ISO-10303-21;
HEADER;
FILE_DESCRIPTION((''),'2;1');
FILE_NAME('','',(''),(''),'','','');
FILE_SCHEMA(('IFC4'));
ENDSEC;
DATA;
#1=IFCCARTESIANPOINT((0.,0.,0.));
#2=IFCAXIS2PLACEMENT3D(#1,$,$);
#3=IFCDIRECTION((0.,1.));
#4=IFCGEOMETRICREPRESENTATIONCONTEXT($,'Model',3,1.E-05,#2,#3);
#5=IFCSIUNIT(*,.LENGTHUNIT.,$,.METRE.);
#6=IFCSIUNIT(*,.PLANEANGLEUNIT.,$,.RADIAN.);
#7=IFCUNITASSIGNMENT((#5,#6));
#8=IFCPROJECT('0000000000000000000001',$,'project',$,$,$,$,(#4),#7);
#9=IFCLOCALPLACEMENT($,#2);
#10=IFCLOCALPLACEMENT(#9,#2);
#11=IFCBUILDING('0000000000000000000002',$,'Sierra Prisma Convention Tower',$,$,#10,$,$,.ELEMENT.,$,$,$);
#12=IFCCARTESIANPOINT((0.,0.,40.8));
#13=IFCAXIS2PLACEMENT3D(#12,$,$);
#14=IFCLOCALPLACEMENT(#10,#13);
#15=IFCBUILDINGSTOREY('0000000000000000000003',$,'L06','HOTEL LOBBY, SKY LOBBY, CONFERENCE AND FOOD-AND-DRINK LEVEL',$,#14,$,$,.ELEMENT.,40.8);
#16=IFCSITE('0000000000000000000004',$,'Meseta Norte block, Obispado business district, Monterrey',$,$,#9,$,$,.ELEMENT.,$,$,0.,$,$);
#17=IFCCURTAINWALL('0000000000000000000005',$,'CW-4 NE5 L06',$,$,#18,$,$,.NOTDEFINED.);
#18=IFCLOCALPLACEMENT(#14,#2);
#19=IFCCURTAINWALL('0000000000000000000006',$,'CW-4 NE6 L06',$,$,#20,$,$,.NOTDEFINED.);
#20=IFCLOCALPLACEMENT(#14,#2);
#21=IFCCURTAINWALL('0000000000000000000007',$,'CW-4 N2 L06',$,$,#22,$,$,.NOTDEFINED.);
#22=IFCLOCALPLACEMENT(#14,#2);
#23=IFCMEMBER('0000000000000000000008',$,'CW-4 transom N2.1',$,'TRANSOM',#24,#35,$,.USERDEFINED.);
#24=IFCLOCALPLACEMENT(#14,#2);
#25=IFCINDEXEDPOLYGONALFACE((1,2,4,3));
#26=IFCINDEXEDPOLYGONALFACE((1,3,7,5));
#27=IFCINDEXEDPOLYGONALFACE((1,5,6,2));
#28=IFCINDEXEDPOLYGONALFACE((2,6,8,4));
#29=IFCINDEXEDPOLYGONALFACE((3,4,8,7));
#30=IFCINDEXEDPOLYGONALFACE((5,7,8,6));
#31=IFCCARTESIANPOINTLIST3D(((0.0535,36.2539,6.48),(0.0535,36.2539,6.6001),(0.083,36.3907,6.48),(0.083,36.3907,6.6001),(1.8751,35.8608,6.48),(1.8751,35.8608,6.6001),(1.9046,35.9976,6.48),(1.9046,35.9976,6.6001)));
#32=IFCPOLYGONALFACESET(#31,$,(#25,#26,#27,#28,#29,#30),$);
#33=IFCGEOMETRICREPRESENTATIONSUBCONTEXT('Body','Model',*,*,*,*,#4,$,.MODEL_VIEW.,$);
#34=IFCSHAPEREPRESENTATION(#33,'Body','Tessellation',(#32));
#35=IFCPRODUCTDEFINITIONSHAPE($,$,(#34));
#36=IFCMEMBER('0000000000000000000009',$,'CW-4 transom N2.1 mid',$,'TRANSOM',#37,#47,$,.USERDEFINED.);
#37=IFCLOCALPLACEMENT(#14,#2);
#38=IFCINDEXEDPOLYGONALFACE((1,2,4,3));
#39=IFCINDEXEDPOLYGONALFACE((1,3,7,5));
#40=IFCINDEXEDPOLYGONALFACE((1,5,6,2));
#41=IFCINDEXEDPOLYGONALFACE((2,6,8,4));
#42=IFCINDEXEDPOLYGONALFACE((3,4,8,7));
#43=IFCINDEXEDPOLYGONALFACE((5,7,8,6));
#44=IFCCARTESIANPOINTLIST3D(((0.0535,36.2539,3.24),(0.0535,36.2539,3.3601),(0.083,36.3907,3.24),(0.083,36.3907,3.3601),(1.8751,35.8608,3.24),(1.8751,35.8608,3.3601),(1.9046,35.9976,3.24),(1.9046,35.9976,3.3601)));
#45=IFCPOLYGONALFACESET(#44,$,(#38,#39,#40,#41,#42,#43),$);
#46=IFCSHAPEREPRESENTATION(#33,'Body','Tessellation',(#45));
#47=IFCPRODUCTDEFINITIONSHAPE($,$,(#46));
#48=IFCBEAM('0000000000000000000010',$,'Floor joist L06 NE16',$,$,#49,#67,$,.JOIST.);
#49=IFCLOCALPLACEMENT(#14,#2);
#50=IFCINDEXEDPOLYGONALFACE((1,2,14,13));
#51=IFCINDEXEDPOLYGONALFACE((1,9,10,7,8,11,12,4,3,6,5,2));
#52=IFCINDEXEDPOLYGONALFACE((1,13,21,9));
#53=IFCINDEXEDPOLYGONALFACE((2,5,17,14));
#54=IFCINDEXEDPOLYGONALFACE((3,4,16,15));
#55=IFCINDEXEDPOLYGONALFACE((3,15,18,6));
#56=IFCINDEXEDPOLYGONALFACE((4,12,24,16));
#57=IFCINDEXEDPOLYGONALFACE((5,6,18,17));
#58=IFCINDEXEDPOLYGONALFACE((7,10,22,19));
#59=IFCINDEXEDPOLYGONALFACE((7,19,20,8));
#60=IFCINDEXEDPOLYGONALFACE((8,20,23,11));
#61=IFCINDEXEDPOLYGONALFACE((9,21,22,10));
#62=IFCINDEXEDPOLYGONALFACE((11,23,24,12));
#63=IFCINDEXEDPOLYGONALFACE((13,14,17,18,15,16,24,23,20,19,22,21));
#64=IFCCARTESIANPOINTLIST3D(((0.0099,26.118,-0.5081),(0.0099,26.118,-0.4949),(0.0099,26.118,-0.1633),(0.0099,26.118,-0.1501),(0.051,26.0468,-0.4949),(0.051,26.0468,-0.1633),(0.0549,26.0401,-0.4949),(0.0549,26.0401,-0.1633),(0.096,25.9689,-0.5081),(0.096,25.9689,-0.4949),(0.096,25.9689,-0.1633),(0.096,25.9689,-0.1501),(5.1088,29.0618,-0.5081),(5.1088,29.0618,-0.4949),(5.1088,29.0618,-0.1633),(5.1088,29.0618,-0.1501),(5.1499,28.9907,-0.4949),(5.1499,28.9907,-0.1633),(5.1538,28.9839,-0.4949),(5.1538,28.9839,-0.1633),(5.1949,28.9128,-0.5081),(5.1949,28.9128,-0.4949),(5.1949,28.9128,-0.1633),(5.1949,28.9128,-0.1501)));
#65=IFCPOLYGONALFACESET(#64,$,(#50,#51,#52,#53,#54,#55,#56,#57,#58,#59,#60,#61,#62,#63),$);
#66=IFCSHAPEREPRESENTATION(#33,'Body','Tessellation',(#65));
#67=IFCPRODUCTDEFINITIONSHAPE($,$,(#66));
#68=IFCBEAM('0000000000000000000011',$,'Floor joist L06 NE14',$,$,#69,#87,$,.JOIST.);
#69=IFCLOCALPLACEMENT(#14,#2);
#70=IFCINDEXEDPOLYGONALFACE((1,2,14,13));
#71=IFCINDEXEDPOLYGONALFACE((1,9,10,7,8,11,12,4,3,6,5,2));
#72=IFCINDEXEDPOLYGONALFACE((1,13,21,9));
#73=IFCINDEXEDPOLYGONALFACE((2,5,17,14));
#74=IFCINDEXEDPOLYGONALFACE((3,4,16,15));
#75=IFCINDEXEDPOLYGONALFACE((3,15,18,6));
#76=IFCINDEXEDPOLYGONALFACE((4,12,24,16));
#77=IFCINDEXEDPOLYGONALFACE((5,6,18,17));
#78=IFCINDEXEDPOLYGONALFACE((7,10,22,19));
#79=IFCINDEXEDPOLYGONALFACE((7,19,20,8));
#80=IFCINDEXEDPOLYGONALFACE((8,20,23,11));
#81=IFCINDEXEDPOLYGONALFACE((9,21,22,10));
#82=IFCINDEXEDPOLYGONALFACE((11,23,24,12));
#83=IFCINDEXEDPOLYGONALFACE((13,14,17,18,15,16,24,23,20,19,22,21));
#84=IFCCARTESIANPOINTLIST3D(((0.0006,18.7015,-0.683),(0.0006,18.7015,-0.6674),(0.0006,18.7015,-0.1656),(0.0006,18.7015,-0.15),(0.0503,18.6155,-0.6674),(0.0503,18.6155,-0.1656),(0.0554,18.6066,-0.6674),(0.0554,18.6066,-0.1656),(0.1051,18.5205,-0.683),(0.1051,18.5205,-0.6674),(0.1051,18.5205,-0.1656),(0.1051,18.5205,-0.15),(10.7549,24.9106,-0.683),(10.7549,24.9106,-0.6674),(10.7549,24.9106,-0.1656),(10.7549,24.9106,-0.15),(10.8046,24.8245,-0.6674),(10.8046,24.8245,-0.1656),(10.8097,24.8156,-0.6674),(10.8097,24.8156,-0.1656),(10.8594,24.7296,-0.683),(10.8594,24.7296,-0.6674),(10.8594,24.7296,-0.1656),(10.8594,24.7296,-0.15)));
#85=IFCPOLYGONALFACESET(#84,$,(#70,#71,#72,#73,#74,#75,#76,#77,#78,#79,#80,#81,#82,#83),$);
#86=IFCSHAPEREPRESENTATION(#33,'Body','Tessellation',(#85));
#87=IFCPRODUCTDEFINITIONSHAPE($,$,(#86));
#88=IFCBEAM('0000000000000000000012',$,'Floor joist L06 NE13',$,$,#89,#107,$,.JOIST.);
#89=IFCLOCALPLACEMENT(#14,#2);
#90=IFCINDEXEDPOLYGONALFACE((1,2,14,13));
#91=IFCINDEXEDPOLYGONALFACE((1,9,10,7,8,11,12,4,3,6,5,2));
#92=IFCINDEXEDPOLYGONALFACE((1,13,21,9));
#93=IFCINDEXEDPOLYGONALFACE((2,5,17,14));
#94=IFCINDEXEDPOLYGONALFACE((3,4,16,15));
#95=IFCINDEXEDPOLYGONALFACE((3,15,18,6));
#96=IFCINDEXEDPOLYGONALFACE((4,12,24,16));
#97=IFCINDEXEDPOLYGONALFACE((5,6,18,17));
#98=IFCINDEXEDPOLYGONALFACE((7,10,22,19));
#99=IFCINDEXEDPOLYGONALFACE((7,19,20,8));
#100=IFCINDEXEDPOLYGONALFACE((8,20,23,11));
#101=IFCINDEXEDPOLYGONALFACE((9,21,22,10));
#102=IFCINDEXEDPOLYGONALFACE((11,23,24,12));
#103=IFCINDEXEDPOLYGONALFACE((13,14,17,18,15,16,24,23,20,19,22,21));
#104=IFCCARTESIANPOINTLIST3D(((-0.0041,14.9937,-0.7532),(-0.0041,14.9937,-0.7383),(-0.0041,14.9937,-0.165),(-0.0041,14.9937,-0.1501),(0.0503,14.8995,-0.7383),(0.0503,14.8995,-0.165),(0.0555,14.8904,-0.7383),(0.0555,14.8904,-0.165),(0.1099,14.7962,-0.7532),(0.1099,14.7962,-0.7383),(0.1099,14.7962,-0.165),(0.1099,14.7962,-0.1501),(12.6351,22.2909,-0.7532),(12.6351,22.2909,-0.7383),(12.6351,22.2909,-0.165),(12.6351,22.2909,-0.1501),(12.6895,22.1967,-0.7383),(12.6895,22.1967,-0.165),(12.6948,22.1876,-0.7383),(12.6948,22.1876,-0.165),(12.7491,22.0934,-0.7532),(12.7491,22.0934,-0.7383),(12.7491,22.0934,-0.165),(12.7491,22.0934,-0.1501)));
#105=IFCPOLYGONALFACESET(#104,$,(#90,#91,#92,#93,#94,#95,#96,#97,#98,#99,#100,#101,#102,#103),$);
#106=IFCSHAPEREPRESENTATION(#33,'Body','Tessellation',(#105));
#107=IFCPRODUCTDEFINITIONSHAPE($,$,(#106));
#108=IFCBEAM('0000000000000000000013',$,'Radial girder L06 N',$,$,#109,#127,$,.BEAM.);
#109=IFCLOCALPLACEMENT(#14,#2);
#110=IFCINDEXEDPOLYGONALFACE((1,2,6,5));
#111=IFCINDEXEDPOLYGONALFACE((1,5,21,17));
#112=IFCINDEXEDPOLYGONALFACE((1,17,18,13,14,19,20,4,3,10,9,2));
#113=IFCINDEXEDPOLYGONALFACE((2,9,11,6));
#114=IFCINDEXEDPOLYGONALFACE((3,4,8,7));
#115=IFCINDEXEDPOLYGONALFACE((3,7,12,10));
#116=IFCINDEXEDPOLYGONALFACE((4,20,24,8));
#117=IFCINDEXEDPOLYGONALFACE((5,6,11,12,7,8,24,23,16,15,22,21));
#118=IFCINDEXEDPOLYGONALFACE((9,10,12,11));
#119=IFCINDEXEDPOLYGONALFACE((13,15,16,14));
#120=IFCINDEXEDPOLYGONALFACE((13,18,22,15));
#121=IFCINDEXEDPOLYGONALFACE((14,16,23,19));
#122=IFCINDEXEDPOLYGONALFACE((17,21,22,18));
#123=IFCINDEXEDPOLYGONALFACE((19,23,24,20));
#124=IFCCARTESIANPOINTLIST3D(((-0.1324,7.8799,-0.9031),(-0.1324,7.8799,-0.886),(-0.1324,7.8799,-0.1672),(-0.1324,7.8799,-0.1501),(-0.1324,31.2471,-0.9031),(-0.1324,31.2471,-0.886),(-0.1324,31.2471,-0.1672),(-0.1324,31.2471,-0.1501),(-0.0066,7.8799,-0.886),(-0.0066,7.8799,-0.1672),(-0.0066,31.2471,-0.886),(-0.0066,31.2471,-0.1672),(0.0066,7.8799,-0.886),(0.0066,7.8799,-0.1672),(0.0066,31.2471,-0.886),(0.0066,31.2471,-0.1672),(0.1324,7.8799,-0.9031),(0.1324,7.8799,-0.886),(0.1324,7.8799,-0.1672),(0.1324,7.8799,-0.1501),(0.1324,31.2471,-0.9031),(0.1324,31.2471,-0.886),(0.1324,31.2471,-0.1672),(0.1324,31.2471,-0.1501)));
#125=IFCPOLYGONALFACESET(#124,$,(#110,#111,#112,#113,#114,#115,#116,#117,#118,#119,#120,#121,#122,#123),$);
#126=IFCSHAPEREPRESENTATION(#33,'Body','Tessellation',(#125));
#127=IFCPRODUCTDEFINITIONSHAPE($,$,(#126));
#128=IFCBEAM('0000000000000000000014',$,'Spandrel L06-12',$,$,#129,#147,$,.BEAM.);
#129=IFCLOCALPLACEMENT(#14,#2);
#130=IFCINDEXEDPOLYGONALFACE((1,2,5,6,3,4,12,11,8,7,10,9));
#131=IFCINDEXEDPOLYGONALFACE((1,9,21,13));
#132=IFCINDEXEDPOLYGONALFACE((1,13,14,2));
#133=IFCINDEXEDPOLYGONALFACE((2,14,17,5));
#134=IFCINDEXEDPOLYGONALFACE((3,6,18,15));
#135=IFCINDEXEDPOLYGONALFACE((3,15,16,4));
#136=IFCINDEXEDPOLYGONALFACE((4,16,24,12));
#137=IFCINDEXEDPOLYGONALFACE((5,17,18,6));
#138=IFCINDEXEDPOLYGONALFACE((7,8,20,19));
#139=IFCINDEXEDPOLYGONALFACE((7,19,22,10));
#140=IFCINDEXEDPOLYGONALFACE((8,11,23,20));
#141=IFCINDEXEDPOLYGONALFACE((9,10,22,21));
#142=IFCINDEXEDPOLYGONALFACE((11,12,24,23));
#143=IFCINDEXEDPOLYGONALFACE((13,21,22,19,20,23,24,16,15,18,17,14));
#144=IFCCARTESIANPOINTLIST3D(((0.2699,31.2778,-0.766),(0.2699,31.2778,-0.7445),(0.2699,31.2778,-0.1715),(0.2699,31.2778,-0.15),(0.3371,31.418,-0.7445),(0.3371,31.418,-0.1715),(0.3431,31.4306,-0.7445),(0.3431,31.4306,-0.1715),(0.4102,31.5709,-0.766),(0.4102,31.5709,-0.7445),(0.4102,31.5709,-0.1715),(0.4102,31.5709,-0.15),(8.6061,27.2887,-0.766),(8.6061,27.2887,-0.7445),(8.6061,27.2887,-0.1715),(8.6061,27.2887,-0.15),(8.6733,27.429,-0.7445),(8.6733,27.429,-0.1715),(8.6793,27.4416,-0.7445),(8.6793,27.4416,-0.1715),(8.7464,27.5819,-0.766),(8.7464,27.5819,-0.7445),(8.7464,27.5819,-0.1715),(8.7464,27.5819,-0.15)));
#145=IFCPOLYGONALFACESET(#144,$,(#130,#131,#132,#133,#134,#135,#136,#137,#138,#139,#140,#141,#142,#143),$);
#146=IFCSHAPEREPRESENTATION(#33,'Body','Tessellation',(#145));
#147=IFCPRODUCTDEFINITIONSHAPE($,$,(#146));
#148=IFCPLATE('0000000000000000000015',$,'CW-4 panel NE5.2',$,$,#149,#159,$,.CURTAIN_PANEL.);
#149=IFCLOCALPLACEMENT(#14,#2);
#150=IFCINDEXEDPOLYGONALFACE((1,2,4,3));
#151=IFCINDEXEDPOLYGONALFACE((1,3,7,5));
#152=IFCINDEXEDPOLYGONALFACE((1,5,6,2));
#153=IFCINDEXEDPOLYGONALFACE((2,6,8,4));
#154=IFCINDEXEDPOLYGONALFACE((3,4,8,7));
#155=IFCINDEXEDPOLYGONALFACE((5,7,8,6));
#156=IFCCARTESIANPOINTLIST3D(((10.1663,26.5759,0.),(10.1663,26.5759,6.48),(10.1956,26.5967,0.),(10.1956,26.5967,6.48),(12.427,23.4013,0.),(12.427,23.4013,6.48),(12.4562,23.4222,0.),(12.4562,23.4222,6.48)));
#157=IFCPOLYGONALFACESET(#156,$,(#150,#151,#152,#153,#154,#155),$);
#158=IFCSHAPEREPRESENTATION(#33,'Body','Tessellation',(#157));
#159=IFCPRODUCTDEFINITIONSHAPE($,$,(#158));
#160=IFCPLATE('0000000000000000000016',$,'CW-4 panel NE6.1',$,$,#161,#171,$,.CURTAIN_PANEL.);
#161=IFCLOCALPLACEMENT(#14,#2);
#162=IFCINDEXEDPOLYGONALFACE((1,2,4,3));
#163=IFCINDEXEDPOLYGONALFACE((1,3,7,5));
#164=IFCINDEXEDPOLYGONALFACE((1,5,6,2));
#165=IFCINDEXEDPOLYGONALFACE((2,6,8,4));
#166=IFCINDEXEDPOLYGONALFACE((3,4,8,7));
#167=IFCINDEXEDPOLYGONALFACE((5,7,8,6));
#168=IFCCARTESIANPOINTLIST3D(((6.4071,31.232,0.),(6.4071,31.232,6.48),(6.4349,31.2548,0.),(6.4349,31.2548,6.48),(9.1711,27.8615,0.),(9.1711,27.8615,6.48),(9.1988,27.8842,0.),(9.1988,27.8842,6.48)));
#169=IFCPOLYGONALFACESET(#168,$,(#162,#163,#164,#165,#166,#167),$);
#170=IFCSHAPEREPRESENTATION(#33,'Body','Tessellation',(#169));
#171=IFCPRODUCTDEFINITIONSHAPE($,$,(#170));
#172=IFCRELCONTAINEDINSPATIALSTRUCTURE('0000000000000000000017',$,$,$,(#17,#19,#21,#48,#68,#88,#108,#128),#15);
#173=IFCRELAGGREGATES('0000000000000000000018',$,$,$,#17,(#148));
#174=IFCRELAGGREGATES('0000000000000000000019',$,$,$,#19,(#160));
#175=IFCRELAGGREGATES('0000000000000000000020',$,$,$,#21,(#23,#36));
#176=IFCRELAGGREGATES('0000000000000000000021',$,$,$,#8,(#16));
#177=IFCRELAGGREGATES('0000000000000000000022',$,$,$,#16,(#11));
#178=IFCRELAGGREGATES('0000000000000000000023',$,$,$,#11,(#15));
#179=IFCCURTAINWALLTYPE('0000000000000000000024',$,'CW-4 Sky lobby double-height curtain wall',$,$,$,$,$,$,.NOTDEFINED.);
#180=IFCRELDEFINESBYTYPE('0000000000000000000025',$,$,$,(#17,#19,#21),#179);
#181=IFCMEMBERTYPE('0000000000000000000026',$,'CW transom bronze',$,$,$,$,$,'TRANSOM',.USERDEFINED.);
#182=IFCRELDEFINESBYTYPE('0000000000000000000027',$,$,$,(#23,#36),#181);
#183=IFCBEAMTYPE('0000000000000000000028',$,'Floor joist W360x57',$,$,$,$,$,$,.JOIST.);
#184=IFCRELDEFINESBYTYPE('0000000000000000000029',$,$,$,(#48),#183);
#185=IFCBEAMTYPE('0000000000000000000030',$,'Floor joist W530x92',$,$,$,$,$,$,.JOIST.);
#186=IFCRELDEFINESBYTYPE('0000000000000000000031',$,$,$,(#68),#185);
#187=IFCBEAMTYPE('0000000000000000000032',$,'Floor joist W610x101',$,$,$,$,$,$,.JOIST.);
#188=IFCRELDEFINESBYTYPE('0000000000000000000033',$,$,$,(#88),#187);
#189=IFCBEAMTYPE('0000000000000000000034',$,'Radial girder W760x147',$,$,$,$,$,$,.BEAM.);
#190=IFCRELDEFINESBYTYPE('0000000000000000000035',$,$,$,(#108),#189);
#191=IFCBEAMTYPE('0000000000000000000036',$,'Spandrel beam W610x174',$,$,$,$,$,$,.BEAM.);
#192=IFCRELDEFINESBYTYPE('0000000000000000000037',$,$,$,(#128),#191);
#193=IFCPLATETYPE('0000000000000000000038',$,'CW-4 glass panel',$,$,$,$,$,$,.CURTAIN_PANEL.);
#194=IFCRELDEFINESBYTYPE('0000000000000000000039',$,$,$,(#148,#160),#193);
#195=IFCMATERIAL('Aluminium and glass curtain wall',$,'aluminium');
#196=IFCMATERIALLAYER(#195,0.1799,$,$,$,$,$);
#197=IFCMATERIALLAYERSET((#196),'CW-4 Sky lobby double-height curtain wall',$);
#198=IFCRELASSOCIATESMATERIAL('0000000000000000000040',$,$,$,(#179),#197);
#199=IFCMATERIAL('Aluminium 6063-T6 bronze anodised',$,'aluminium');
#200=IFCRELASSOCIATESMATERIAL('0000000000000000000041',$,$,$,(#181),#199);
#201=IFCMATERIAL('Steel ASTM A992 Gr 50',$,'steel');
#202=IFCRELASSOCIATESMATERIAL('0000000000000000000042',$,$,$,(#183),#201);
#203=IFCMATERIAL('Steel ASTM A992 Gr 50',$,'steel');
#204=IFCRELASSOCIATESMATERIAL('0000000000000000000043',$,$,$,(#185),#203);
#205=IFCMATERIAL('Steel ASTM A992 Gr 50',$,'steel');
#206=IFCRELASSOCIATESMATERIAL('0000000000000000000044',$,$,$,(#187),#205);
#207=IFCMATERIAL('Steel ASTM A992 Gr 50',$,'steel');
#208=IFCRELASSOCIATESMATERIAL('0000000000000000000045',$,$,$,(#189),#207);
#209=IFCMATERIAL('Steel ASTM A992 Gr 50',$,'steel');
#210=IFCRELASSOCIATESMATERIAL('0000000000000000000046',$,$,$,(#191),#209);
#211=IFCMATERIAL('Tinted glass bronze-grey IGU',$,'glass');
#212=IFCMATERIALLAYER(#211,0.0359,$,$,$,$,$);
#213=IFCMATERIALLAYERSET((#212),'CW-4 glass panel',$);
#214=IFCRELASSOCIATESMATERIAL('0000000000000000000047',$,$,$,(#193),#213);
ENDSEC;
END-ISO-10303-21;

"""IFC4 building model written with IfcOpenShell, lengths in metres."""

from ifc_helpers import new_model, si_unit, direction, frame, origin, origin_2d, place, context, subcontext, project, spatial, rectangle, i_section, extrude, material, layer, layer_set, material_profile, profile_set, type_object, element, aggregate, save


model = new_model("IFC4")

# Units and contexts
model_context = context("Model", 3, precision=1e-05, world=origin(), true_north=direction((0.0, 1.0)))
body_context = subcontext(model_context, "Body", "Model", "MODEL_VIEW")
ifc_project = project(units=[si_unit("LENGTHUNIT", "METRE"), si_unit("PLANEANGLEUNIT", "RADIAN")], contexts=[model_context])

# Site, building, storey
site_placement = place(None, origin())
site = spatial("IfcSite", under=ifc_project, at=site_placement, Name="Meseta Norte block, Obispado business district, Monterrey", CompositionType="ELEMENT", RefElevation=0.0)
building_placement = place(site_placement, origin())
building = spatial("IfcBuilding", under=site, at=building_placement, Name="Sierra Prisma Convention Tower", CompositionType="ELEMENT")
storey_placement = place(building_placement, frame((0.0, 0.0, 40.8)))
storey = spatial("IfcBuildingStorey", under=building, at=storey_placement, Name="L06", Description="HOTEL LOBBY, SKY LOBBY, CONFERENCE AND FOOD-AND-DRINK LEVEL", CompositionType="ELEMENT", Elevation=40.8)

# Curtain wall
ifc_material_1 = material(Name="Aluminium and glass curtain wall", Category="aluminium")
ifc_layer_1 = layer(ifc_material_1, 0.1799)
ifc_layer_set_1 = layer_set([ifc_layer_1], Name="CW-4 Sky lobby double-height curtain wall")
curtain_wall_type = type_object("IfcCurtainWallType", Name="CW-4 Sky lobby double-height curtain wall", PredefinedType="NOTDEFINED", material=ifc_layer_set_1)
curtain_wall_1_placement = place(storey_placement, origin())
curtain_wall_1 = element("IfcCurtainWall", 1, at=curtain_wall_1_placement, inside=storey, type_object=curtain_wall_type, Name="CW-4 NE5 L06", PredefinedType="NOTDEFINED")

# Curtain wall
curtain_wall_2_placement = place(storey_placement, origin())
curtain_wall_2 = element("IfcCurtainWall", 2, at=curtain_wall_2_placement, inside=storey, type_object=curtain_wall_type, Name="CW-4 NE6 L06", PredefinedType="NOTDEFINED")

# Curtain wall
curtain_wall_3_placement = place(storey_placement, origin())
curtain_wall_3 = element("IfcCurtainWall", 3, at=curtain_wall_3_placement, inside=storey, type_object=curtain_wall_type, Name="CW-4 N2 L06", PredefinedType="NOTDEFINED")

# Members
ifc_material_2 = material(Name="Aluminium 6063-T6 bronze anodised", Category="aluminium")
ifc_material_profile_1 = material_profile(ifc_material_2, rectangle(XDim=0.1399, YDim=0.1201, at=origin_2d()), Name="ALU TRANSOM 120x140")
ifc_profile_set_1 = profile_set([ifc_material_profile_1], Name="Aluminium 6063-T6 bronze anodised")
member_type_1 = type_object("IfcMemberType", Name="CW transom bronze", ElementType="TRANSOM", PredefinedType="USERDEFINED", material=ifc_profile_set_1)
member_1_placement = place(storey_placement, frame((1.8899, 35.9292, 6.54), z_axis=(-0.9775, 0.210934, 0.0), x_axis=(-0.210934, -0.9775, 0.0)))
member_1 = element("IfcMember", 4, at=member_1_placement, type_object=member_type_1, Name="CW-4 transom N2.1", ObjectType="TRANSOM", PredefinedType="USERDEFINED", context=body_context, shape_type="SweptSolid", body=[
    extrude(rectangle(XDim=0.1399, YDim=0.1201, at=origin_2d()), origin(), (0.0, 0.0, 1.0), 1.8635),
])
member_2_placement = place(storey_placement, frame((1.8899, 35.9292, 3.3), z_axis=(-0.9775, 0.210934, 0.0), x_axis=(-0.210934, -0.9775, 0.0)))
member_2 = element("IfcMember", 5, at=member_2_placement, type_object=member_type_1, Name="CW-4 transom N2.1 mid", ObjectType="TRANSOM", PredefinedType="USERDEFINED", context=body_context, shape_type="SweptSolid", body=[
    extrude(rectangle(XDim=0.1399, YDim=0.1201, at=origin_2d()), origin(), (0.0, 0.0, 1.0), 1.8635),
])

# Beams
ifc_material_3 = material(Name="Steel ASTM A992 Gr 50", Category="steel")
ifc_material_profile_2 = material_profile(ifc_material_3, i_section(OverallWidth=0.1721, OverallDepth=0.3579, WebThickness=0.0078, FlangeThickness=0.0132, at=origin_2d()), Name="W360x57")
ifc_profile_set_2 = profile_set([ifc_material_profile_2], Name="Steel ASTM A992 Gr 50")
beam_type_1 = type_object("IfcBeamType", Name="Floor joist W360x57", PredefinedType="JOIST", material=ifc_profile_set_2)
beam_1_placement = place(storey_placement, frame((5.1519, 28.9873, -0.3291), z_axis=(-0.866025, -0.500001, 0.0), x_axis=(0.500001, -0.866025, 0.0)))
element("IfcBeam", 6, at=beam_1_placement, inside=storey, type_object=beam_type_1, Name="Floor joist L06 NE16", PredefinedType="JOIST", context=body_context, shape_type="SweptSolid", body=[
    extrude(i_section(OverallWidth=0.1721, OverallDepth=0.3579, WebThickness=0.0078, FlangeThickness=0.0132, at=origin_2d()), origin(), (0.0, 0.0, 1.0), 5.8877),
])
ifc_material_4 = material(Name="Steel ASTM A992 Gr 50", Category="steel")
ifc_material_profile_3 = material_profile(ifc_material_4, i_section(OverallWidth=0.209, OverallDepth=0.533, WebThickness=0.0103, FlangeThickness=0.0156, at=origin_2d()), Name="W530x92")
ifc_profile_set_3 = profile_set([ifc_material_profile_3], Name="Steel ASTM A992 Gr 50")
beam_type_2 = type_object("IfcBeamType", Name="Floor joist W530x92", PredefinedType="JOIST", material=ifc_profile_set_3)
beam_2_placement = place(storey_placement, frame((10.8071, 24.8201, -0.4165), z_axis=(-0.866023, -0.500004, 0.0), x_axis=(0.500004, -0.866023, 0.0)))
element("IfcBeam", 7, at=beam_2_placement, inside=storey, type_object=beam_type_2, Name="Floor joist L06 NE14", PredefinedType="JOIST", context=body_context, shape_type="SweptSolid", body=[
    extrude(i_section(OverallWidth=0.209, OverallDepth=0.533, WebThickness=0.0103, FlangeThickness=0.0156, at=origin_2d()), origin(), (0.0, 0.0, 1.0), 12.418),
])
ifc_material_5 = material(Name="Steel ASTM A992 Gr 50", Category="steel")
ifc_material_profile_4 = material_profile(ifc_material_5, i_section(OverallWidth=0.228, OverallDepth=0.603, WebThickness=0.0105, FlangeThickness=0.0149, at=origin_2d()), Name="W610x101")
ifc_profile_set_4 = profile_set([ifc_material_profile_4], Name="Steel ASTM A992 Gr 50")
beam_type_3 = type_object("IfcBeamType", Name="Floor joist W610x101", PredefinedType="JOIST", material=ifc_profile_set_4)
beam_3_placement = place(storey_placement, frame((12.6921, 22.1921, -0.4517), z_axis=(-0.866028, -0.499995, 0.0), x_axis=(0.499995, -0.866028, 0.0)))
element("IfcBeam", 8, at=beam_3_placement, inside=storey, type_object=beam_type_3, Name="Floor joist L06 NE13", PredefinedType="JOIST", context=body_context, shape_type="SweptSolid", body=[
    extrude(i_section(OverallWidth=0.228, OverallDepth=0.603, WebThickness=0.0105, FlangeThickness=0.0149, at=origin_2d()), origin(), (0.0, 0.0, 1.0), 14.5945),
])
ifc_material_6 = material(Name="Steel ASTM A992 Gr 50", Category="steel")
ifc_material_profile_5 = material_profile(ifc_material_6, i_section(OverallWidth=0.2649, OverallDepth=0.7529, WebThickness=0.0132, FlangeThickness=0.0171, at=origin_2d()), Name="W760x147")
ifc_profile_set_5 = profile_set([ifc_material_profile_5], Name="Steel ASTM A992 Gr 50")
beam_type_4 = type_object("IfcBeamType", Name="Radial girder W760x147", PredefinedType="BEAM", material=ifc_profile_set_5)
beam_4_placement = place(storey_placement, frame((0.0, 31.2471, -0.5266), z_axis=(0.0, -1.0, 0.0), x_axis=(1.0, 0.0, 0.0)))
element("IfcBeam", 9, at=beam_4_placement, inside=storey, type_object=beam_type_4, Name="Radial girder L06 N", PredefinedType="BEAM", context=body_context, shape_type="SweptSolid", body=[
    extrude(i_section(OverallWidth=0.2649, OverallDepth=0.7529, WebThickness=0.0132, FlangeThickness=0.0171, at=origin_2d()), origin(), (0.0, 0.0, 1.0), 23.3672),
])
ifc_material_7 = material(Name="Steel ASTM A992 Gr 50", Category="steel")
ifc_material_profile_6 = material_profile(ifc_material_7, i_section(OverallWidth=0.325, OverallDepth=0.616, WebThickness=0.0139, FlangeThickness=0.0215, at=origin_2d()), Name="W610x174")
ifc_profile_set_6 = profile_set([ifc_material_profile_6], Name="Steel ASTM A992 Gr 50")
beam_type_5 = type_object("IfcBeamType", Name="Spandrel beam W610x174", PredefinedType="BEAM", material=ifc_profile_set_6)
beam_5_placement = place(storey_placement, frame((8.6763, 27.4353, -0.458), z_axis=(-0.902044, 0.431644, 0.0), x_axis=(-0.431644, -0.902044, 0.0)))
element("IfcBeam", 10, at=beam_5_placement, inside=storey, type_object=beam_type_5, Name="Spandrel L06-12", PredefinedType="BEAM", context=body_context, shape_type="SweptSolid", body=[
    extrude(i_section(OverallWidth=0.325, OverallDepth=0.616, WebThickness=0.0139, FlangeThickness=0.0215, at=origin_2d()), origin(), (0.0, 0.0, 1.0), 9.2415),
])

# Plates
ifc_material_8 = material(Name="Tinted glass bronze-grey IGU", Category="glass")
ifc_layer_2 = layer(ifc_material_8, 0.0359)
ifc_layer_set_2 = layer_set([ifc_layer_2], Name="CW-4 glass panel")
plate_type = type_object("IfcPlateType", Name="CW-4 glass panel", PredefinedType="CURTAIN_PANEL", material=ifc_layer_set_2)
plate_1_placement = place(storey_placement, frame((11.3113, 24.999, 0.0), z_axis=(0.0, 0.0, 1.0), x_axis=(-0.580072, 0.814566, 0.0)))
plate_1 = element("IfcPlate", 11, at=plate_1_placement, type_object=plate_type, Name="CW-4 panel NE5.2", PredefinedType="CURTAIN_PANEL", context=body_context, shape_type="SweptSolid", body=[
    extrude(rectangle(XDim=3.8972, YDim=0.0359, at=origin_2d()), origin(), (0.0, 0.0, 1.0), 6.48),
])
aggregate(curtain_wall_1, [plate_1])
plate_2_placement = place(storey_placement, frame((7.803, 29.5581, 0.0), z_axis=(0.0, 0.0, 1.0), x_axis=(-0.634089, 0.77326, 0.0)))
plate_2 = element("IfcPlate", 12, at=plate_2_placement, type_object=plate_type, Name="CW-4 panel NE6.1", PredefinedType="CURTAIN_PANEL", context=body_context, shape_type="SweptSolid", body=[
    extrude(rectangle(XDim=4.3589, YDim=0.0359, at=origin_2d()), origin(), (0.0, 0.0, 1.0), 6.48),
])
aggregate(curtain_wall_2, [plate_2])
aggregate(curtain_wall_3, [member_1, member_2])

save(model, "model.ifc")
